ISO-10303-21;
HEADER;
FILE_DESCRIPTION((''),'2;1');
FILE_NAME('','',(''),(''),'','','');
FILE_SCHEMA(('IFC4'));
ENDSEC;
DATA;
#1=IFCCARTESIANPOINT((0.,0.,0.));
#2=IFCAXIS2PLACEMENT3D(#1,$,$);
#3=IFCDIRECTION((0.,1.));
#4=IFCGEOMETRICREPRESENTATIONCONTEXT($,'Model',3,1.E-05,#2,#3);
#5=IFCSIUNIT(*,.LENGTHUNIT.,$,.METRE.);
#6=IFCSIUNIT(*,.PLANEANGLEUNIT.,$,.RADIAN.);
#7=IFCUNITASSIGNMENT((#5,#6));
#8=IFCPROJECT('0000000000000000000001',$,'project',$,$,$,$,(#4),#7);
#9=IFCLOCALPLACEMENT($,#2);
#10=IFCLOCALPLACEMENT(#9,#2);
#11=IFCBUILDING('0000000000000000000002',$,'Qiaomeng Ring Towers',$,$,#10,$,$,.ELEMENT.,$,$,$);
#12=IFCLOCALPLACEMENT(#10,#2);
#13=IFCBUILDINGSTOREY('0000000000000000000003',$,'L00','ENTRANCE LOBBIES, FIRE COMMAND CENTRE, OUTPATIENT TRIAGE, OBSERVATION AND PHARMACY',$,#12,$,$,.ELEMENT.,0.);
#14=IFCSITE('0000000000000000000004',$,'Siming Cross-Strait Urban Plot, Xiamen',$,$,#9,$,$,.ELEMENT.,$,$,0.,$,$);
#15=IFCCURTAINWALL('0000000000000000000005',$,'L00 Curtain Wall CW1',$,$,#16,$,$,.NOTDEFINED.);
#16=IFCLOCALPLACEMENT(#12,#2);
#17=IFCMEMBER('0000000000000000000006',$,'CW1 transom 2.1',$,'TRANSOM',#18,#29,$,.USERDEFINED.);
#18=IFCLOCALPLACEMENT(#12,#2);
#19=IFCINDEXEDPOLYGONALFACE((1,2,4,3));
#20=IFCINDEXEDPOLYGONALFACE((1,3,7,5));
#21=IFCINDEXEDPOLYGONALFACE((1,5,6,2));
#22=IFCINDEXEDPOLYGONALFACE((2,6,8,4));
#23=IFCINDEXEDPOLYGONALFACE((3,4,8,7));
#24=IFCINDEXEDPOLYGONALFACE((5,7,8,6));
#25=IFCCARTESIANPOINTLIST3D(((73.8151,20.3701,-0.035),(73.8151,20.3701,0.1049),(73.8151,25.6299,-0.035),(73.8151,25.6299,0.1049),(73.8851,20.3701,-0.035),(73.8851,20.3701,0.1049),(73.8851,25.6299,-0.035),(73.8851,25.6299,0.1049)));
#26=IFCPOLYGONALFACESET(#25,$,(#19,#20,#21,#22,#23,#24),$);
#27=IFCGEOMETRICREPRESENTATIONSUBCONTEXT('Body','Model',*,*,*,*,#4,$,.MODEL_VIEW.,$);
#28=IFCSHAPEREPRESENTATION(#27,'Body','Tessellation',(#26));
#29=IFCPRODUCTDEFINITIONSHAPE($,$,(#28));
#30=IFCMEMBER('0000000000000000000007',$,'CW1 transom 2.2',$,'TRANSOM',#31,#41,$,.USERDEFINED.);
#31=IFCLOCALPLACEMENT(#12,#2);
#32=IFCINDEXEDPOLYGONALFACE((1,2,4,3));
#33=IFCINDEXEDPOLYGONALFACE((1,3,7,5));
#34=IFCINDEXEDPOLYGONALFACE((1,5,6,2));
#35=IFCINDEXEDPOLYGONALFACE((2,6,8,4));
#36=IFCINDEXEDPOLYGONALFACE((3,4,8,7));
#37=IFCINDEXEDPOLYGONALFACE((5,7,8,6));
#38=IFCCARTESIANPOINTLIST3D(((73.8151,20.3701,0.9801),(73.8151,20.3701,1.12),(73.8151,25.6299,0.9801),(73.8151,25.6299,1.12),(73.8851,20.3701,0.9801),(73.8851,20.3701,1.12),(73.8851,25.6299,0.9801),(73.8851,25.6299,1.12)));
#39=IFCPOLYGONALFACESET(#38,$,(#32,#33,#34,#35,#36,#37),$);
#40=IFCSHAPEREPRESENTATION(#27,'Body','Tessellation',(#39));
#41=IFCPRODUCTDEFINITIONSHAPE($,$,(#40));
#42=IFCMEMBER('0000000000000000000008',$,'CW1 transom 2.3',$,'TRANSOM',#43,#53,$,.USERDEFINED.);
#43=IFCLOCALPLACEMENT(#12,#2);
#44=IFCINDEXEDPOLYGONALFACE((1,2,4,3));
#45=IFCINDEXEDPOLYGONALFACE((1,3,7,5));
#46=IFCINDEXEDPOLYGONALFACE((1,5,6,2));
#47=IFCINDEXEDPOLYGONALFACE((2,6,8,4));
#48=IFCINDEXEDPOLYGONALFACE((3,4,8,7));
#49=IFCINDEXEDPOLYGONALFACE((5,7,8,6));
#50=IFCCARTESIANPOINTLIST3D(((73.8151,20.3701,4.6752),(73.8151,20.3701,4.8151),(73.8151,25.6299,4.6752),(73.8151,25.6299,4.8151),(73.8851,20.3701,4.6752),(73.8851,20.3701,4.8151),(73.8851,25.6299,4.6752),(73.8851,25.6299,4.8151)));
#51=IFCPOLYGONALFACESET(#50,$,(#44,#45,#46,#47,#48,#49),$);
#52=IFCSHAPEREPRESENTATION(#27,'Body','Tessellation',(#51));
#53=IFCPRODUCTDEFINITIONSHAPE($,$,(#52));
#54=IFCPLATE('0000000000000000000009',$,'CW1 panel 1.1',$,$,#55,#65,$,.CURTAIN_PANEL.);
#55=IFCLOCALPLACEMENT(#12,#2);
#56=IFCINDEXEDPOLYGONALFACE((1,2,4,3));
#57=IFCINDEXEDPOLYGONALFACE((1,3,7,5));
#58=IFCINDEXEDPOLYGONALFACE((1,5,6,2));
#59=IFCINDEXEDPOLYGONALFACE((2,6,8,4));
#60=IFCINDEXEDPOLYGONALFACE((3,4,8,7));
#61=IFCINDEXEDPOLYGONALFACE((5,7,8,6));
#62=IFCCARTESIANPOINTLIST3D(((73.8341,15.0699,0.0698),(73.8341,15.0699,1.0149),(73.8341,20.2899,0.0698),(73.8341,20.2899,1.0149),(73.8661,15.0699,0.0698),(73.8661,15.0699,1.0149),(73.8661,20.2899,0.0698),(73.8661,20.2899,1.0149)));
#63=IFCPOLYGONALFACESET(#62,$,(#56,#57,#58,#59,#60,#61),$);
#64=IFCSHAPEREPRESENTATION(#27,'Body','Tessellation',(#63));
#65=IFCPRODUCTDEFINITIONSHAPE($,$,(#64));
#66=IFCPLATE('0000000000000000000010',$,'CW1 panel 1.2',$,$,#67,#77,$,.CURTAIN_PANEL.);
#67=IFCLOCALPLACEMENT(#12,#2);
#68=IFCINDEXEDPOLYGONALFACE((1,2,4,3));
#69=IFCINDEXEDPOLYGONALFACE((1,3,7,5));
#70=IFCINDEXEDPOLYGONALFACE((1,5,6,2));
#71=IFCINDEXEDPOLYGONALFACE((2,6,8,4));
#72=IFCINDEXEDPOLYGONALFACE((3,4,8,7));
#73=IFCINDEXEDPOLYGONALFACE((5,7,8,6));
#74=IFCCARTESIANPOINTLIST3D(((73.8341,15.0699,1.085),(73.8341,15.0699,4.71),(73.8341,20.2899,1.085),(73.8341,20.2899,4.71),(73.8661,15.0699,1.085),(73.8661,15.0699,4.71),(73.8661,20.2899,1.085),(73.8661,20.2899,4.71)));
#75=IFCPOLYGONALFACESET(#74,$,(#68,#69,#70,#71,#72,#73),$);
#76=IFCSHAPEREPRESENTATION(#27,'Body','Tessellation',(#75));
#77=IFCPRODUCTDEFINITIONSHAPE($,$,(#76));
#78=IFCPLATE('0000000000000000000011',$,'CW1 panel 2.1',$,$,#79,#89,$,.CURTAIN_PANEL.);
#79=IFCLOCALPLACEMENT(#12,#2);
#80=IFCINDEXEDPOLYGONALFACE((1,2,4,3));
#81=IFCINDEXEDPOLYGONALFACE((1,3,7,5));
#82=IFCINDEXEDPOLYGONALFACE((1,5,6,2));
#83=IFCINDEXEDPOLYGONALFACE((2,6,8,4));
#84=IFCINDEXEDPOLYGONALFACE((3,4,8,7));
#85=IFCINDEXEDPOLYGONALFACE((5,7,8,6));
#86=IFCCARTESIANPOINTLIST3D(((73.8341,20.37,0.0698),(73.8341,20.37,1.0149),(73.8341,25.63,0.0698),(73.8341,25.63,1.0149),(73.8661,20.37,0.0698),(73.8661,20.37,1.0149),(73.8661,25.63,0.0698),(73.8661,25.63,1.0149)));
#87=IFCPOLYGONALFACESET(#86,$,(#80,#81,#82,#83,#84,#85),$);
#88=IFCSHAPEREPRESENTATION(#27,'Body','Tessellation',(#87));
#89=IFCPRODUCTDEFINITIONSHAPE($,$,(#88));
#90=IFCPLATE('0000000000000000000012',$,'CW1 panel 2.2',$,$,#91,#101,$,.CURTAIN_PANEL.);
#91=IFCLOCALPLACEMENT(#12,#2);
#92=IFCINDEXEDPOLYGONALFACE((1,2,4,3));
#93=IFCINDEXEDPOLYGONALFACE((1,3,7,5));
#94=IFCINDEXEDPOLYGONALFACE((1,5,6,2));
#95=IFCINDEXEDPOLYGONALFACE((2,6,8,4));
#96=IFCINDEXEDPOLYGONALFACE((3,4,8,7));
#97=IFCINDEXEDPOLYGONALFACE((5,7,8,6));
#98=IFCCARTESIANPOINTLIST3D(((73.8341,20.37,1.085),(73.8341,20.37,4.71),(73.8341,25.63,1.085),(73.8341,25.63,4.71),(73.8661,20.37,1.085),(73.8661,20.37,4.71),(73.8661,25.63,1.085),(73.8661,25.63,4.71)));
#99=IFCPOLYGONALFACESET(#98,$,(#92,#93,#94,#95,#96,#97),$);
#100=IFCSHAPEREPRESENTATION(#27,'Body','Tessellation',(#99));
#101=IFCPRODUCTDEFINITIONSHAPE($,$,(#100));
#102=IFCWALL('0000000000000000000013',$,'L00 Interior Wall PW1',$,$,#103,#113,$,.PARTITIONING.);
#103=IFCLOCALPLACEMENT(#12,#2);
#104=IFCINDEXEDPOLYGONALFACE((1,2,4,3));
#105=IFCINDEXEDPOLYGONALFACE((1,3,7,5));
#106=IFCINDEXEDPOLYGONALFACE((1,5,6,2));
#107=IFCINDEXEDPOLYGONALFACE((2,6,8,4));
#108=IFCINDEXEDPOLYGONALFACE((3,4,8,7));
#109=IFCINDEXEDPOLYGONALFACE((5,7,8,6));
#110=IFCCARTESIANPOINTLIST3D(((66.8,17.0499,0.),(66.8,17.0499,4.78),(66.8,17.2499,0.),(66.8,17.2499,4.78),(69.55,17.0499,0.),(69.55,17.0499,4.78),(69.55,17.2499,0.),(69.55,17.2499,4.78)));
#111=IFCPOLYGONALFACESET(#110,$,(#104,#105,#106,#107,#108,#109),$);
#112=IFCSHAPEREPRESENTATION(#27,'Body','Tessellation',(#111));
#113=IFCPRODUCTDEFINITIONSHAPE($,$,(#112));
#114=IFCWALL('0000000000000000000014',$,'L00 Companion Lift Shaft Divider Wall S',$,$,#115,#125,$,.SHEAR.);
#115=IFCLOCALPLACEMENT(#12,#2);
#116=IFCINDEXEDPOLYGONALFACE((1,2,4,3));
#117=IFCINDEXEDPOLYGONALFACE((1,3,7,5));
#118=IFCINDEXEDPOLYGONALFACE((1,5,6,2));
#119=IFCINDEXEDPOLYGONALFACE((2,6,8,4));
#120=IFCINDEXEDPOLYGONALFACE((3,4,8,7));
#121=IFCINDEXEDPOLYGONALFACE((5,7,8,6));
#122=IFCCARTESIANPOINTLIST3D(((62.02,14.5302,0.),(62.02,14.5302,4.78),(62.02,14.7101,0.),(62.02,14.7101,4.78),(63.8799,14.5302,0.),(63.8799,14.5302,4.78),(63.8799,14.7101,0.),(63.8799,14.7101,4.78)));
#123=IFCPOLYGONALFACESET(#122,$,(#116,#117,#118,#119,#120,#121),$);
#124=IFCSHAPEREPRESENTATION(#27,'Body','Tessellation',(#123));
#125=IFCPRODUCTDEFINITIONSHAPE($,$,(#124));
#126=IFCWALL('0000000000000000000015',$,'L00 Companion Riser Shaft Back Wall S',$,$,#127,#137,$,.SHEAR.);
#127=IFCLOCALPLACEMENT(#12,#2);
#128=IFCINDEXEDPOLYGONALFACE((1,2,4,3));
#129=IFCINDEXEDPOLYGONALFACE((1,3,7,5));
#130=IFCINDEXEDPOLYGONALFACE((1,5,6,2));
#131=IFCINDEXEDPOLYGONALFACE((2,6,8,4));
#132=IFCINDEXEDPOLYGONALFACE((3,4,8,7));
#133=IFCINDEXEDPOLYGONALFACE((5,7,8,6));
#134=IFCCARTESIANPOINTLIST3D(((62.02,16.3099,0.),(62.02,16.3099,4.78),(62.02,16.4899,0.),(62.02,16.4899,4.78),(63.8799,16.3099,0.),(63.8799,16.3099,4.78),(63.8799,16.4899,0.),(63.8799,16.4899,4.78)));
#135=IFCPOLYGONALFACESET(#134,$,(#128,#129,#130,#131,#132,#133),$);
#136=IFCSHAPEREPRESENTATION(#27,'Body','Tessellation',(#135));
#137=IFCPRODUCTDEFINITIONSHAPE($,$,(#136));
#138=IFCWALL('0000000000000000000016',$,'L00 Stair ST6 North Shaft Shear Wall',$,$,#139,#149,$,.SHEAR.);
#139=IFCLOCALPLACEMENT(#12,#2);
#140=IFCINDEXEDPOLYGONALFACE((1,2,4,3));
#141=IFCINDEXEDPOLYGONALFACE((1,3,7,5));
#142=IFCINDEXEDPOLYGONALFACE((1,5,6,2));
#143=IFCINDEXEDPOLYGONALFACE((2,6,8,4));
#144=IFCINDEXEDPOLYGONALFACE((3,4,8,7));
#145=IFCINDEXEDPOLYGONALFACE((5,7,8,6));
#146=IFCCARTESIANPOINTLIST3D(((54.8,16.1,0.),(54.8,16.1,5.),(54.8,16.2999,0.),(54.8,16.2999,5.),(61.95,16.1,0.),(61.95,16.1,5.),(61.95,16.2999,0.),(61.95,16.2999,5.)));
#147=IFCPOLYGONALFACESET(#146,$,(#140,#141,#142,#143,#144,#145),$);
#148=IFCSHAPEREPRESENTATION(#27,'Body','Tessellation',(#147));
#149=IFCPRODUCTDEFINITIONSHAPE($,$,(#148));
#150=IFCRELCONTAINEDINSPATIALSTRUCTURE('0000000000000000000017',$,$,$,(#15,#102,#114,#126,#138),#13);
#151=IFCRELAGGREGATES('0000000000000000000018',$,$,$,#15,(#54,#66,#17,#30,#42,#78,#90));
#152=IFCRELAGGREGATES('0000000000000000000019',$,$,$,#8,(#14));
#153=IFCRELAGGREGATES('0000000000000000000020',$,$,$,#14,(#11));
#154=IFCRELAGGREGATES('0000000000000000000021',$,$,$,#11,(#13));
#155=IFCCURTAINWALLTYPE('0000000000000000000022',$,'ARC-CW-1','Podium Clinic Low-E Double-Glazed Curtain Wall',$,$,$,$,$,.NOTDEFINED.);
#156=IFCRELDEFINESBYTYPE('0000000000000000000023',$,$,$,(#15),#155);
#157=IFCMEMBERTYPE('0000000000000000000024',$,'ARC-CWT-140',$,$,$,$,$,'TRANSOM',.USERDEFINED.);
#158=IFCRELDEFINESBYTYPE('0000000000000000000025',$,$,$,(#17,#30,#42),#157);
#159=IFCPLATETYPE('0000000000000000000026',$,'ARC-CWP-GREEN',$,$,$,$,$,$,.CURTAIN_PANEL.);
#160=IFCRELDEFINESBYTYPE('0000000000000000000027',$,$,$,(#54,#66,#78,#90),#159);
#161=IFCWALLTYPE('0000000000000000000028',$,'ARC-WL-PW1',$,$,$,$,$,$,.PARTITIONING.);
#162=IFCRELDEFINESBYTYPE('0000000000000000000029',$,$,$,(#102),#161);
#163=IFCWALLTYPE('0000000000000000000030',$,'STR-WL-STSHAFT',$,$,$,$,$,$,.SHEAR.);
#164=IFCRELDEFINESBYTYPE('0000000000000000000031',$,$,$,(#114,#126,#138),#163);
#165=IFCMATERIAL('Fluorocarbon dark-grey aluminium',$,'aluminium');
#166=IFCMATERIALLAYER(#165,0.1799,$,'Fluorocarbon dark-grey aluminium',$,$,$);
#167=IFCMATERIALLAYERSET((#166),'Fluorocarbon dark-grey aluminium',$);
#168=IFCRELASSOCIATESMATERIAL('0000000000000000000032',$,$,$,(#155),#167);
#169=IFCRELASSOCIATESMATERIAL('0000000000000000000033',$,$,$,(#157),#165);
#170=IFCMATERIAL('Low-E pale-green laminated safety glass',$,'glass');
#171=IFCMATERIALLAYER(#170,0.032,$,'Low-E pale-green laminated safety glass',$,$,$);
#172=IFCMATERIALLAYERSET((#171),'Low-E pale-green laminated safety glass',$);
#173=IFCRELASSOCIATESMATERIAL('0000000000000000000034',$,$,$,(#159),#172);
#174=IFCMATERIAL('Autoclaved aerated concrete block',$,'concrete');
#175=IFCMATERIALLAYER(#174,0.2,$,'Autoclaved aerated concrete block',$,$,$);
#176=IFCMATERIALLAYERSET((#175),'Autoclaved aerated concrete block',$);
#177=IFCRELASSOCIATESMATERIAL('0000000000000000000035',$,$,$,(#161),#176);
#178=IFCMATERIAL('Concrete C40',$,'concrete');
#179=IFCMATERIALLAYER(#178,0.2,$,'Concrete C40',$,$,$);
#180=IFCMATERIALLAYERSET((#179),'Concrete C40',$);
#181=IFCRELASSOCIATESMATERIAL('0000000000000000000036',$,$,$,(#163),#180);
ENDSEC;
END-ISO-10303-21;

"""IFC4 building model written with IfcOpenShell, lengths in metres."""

from ifc_helpers import new_model, si_unit, direction, frame, frame_2d, origin, origin_2d, place, context, subcontext, project, spatial, rectangle, extrude, source, transform, mapped, material, layer, layer_set, material_profile, profile_set, type_object, element, aggregate, save


model = new_model("IFC4")

# Units and contexts
model_context = context("Model", 3, precision=1e-05, world=origin(), true_north=direction((0.0, 1.0)))
body_context = subcontext(model_context, "Body", "Model", "MODEL_VIEW")
ifc_project = project(units=[si_unit("LENGTHUNIT", "METRE"), si_unit("PLANEANGLEUNIT", "RADIAN")], contexts=[model_context])

# Site, building, storey
site_placement = place(None, origin())
site = spatial("IfcSite", under=ifc_project, at=site_placement, Name="Siming Cross-Strait Urban Plot, Xiamen", CompositionType="ELEMENT", RefElevation=0.0)
building_placement = place(site_placement, origin())
building = spatial("IfcBuilding", under=site, at=building_placement, Name="Qiaomeng Ring Towers", CompositionType="ELEMENT")
storey_placement = place(building_placement, origin())
storey = spatial("IfcBuildingStorey", under=building, at=storey_placement, Name="L00", Description="ENTRANCE LOBBIES, FIRE COMMAND CENTRE, OUTPATIENT TRIAGE, OBSERVATION AND PHARMACY", CompositionType="ELEMENT", Elevation=0.0)

# Curtain wall, members, plates
ifc_material_1 = material(Name="Fluorocarbon dark-grey aluminium", Category="aluminium")
ifc_layer_1 = layer(ifc_material_1, 0.1799, Name="Fluorocarbon dark-grey aluminium")
ifc_layer_set_1 = layer_set([ifc_layer_1], Name="Fluorocarbon dark-grey aluminium")
curtain_wall_type = type_object("IfcCurtainWallType", Name="ARC-CW-1", Description="Podium Clinic Low-E Double-Glazed Curtain Wall", PredefinedType="NOTDEFINED", material=ifc_layer_set_1)
curtain_wall_placement = place(storey_placement, origin())
curtain_wall = element("IfcCurtainWall", 1, at=curtain_wall_placement, inside=storey, type_object=curtain_wall_type, Name="L00 Curtain Wall CW1", PredefinedType="NOTDEFINED")
ifc_material_profile_1 = material_profile(ifc_material_1, rectangle(XDim=0.0701, YDim=0.1399, at=origin_2d()), Name="ALU TRAN 70x140")
ifc_profile_set_1 = profile_set([ifc_material_profile_1], Name="Fluorocarbon dark-grey aluminium")
member_type_1 = type_object("IfcMemberType", Name="ARC-CWT-140", ElementType="TRANSOM", PredefinedType="USERDEFINED", material=ifc_profile_set_1)
shared_shape_1 = source(origin(), body_context, "Body", "SweptSolid", [
    extrude(rectangle(XDim=0.0701, YDim=0.1399, at=origin_2d()), origin(), (0.0, 0.0, 1.0), 5.2598),
])
member_1_placement = place(storey_placement, frame((73.8501, 20.3701, 0.0349), z_axis=(0.0, 1.0, 0.0), x_axis=(-1.0, 0.0, 0.0)))
member_1 = element("IfcMember", 2, at=member_1_placement, type_object=member_type_1, Name="CW1 transom 2.1", ObjectType="TRANSOM", PredefinedType="USERDEFINED", context=body_context, shape_type="MappedRepresentation", body=[
    mapped(shared_shape_1, transform((0.0, 0.0, 0.0), x_axis=(1.0, 0.0, 0.0), y_axis=(0.0, 1.0, 0.0), z_axis=(0.0, 0.0, 1.0), scale=1.0)),
])
member_2_placement = place(storey_placement, frame((73.8501, 20.3701, 1.05), z_axis=(0.0, 1.0, 0.0), x_axis=(-1.0, 0.0, 0.0)))
member_2 = element("IfcMember", 3, at=member_2_placement, type_object=member_type_1, Name="CW1 transom 2.2", ObjectType="TRANSOM", PredefinedType="USERDEFINED", context=body_context, shape_type="MappedRepresentation", body=[
    mapped(shared_shape_1, transform((0.0, 0.0, 0.0), x_axis=(1.0, 0.0, 0.0), y_axis=(0.0, 1.0, 0.0), z_axis=(0.0, 0.0, 1.0), scale=1.0)),
])
member_3_placement = place(storey_placement, frame((73.8501, 20.3701, 4.7451), z_axis=(0.0, 1.0, 0.0), x_axis=(-1.0, 0.0, 0.0)))
member_3 = element("IfcMember", 4, at=member_3_placement, type_object=member_type_1, Name="CW1 transom 2.3", ObjectType="TRANSOM", PredefinedType="USERDEFINED", context=body_context, shape_type="MappedRepresentation", body=[
    mapped(shared_shape_1, transform((0.0, 0.0, 0.0), x_axis=(1.0, 0.0, 0.0), y_axis=(0.0, 1.0, 0.0), z_axis=(0.0, 0.0, 1.0), scale=1.0)),
])
ifc_material_2 = material(Name="Low-E pale-green laminated safety glass", Category="glass")
ifc_layer_2 = layer(ifc_material_2, 0.032, Name="Low-E pale-green laminated safety glass")
ifc_layer_set_2 = layer_set([ifc_layer_2], Name="Low-E pale-green laminated safety glass")
plate_type = type_object("IfcPlateType", Name="ARC-CWP-GREEN", PredefinedType="CURTAIN_PANEL", material=ifc_layer_set_2)
shared_shape_2 = source(origin(), body_context, "Body", "SweptSolid", [
    extrude(rectangle(XDim=5.22, YDim=0.032, at=origin_2d()), origin(), (0.0, 0.0, 1.0), 0.9451),
])
plate_1_placement = place(storey_placement, frame((73.8501, 17.6799, 0.0698), z_axis=(0.0, 0.0, 1.0), x_axis=(0.0, 1.0, 0.0)))
plate_1 = element("IfcPlate", 5, at=plate_1_placement, type_object=plate_type, Name="CW1 panel 1.1", PredefinedType="CURTAIN_PANEL", context=body_context, shape_type="MappedRepresentation", body=[
    mapped(shared_shape_2, transform((0.0, 0.0, 0.0), x_axis=(1.0, 0.0, 0.0), y_axis=(0.0, 1.0, 0.0), z_axis=(0.0, 0.0, 1.0), scale=1.0)),
])
shared_shape_3 = source(origin(), body_context, "Body", "SweptSolid", [
    extrude(rectangle(XDim=5.22, YDim=0.032, at=origin_2d()), origin(), (0.0, 0.0, 1.0), 3.625),
])
plate_2_placement = place(storey_placement, frame((73.8501, 17.6799, 1.085), z_axis=(0.0, 0.0, 1.0), x_axis=(0.0, 1.0, 0.0)))
plate_2 = element("IfcPlate", 6, at=plate_2_placement, type_object=plate_type, Name="CW1 panel 1.2", PredefinedType="CURTAIN_PANEL", context=body_context, shape_type="MappedRepresentation", body=[
    mapped(shared_shape_3, transform((0.0, 0.0, 0.0), x_axis=(1.0, 0.0, 0.0), y_axis=(0.0, 1.0, 0.0), z_axis=(0.0, 0.0, 1.0), scale=1.0)),
])
shared_shape_4 = source(origin(), body_context, "Body", "SweptSolid", [
    extrude(rectangle(XDim=5.26, YDim=0.032, at=origin_2d()), origin(), (0.0, 0.0, 1.0), 0.9451),
])
plate_3_placement = place(storey_placement, frame((73.8501, 23.0, 0.0698), z_axis=(0.0, 0.0, 1.0), x_axis=(0.0, 1.0, 0.0)))
plate_3 = element("IfcPlate", 7, at=plate_3_placement, type_object=plate_type, Name="CW1 panel 2.1", PredefinedType="CURTAIN_PANEL", context=body_context, shape_type="MappedRepresentation", body=[
    mapped(shared_shape_4, transform((0.0, 0.0, 0.0), x_axis=(1.0, 0.0, 0.0), y_axis=(0.0, 1.0, 0.0), z_axis=(0.0, 0.0, 1.0), scale=1.0)),
])
shared_shape_5 = source(origin(), body_context, "Body", "SweptSolid", [
    extrude(rectangle(XDim=5.26, YDim=0.032, at=origin_2d()), origin(), (0.0, 0.0, 1.0), 3.625),
])
plate_4_placement = place(storey_placement, frame((73.8501, 23.0, 1.085), z_axis=(0.0, 0.0, 1.0), x_axis=(0.0, 1.0, 0.0)))
plate_4 = element("IfcPlate", 8, at=plate_4_placement, type_object=plate_type, Name="CW1 panel 2.2", PredefinedType="CURTAIN_PANEL", context=body_context, shape_type="MappedRepresentation", body=[
    mapped(shared_shape_5, transform((0.0, 0.0, 0.0), x_axis=(1.0, 0.0, 0.0), y_axis=(0.0, 1.0, 0.0), z_axis=(0.0, 0.0, 1.0), scale=1.0)),
])
aggregate(curtain_wall, [plate_1, plate_2, member_1, member_2, member_3, plate_3, plate_4])

# Walls
ifc_material_3 = material(Name="Autoclaved aerated concrete block", Category="concrete")
ifc_layer_3 = layer(ifc_material_3, 0.2, Name="Autoclaved aerated concrete block")
ifc_layer_set_3 = layer_set([ifc_layer_3], Name="Autoclaved aerated concrete block")
wall_type_1 = type_object("IfcWallType", Name="ARC-WL-PW1", PredefinedType="PARTITIONING", material=ifc_layer_set_3)
wall_1_placement = place(storey_placement, frame((66.8, 17.1499, 0.0), z_axis=(0.0, 0.0, 1.0), x_axis=(1.0, 0.0, 0.0)))
element("IfcWall", 9, at=wall_1_placement, inside=storey, type_object=wall_type_1, Name="L00 Interior Wall PW1", PredefinedType="PARTITIONING", context=body_context, shape_type="SweptSolid", body=[
    extrude(rectangle(XDim=2.75, YDim=0.2, at=frame_2d((1.375, 0.0))), origin(), (0.0, 0.0, 1.0), 4.78),
])
ifc_material_4 = material(Name="Concrete C40", Category="concrete")
ifc_layer_4 = layer(ifc_material_4, 0.2, Name="Concrete C40")
ifc_layer_set_4 = layer_set([ifc_layer_4], Name="Concrete C40")
wall_type_2 = type_object("IfcWallType", Name="STR-WL-STSHAFT", PredefinedType="SHEAR", material=ifc_layer_set_4)
for number, where, z_axis, x_axis, name in (
    (10, (62.02, 14.6201, 0.0), (0.0, 0.0, 1.0), (1.0, 0.0, 0.0), "L00 Companion Lift Shaft Divider Wall S"),
    (11, (62.02, 16.3999, 0.0), (0.0, 0.0, 1.0), (1.0, 0.0, 0.0), "L00 Companion Riser Shaft Back Wall S"),
):
    element("IfcWall", number, at=place(storey_placement, frame(where, z_axis=z_axis, x_axis=x_axis)), inside=storey, type_object=wall_type_2, Name=name, PredefinedType="SHEAR", context=body_context, shape_type="SweptSolid", body=[
        extrude(rectangle(XDim=1.8599, YDim=0.1799, at=frame_2d((0.9299, 0.0))), origin(), (0.0, 0.0, 1.0), 4.78),
    ])
wall_2_placement = place(storey_placement, frame((54.8, 16.2, 0.0), z_axis=(0.0, 0.0, 1.0), x_axis=(1.0, 0.0, 0.0)))
element("IfcWall", 12, at=wall_2_placement, inside=storey, type_object=wall_type_2, Name="L00 Stair ST6 North Shaft Shear Wall", PredefinedType="SHEAR", context=body_context, shape_type="SweptSolid", body=[
    extrude(rectangle(XDim=7.1499, YDim=0.2, at=frame_2d((3.575, 0.0))), origin(), (0.0, 0.0, 1.0), 5.0),
])

save(model, "model.ifc")
